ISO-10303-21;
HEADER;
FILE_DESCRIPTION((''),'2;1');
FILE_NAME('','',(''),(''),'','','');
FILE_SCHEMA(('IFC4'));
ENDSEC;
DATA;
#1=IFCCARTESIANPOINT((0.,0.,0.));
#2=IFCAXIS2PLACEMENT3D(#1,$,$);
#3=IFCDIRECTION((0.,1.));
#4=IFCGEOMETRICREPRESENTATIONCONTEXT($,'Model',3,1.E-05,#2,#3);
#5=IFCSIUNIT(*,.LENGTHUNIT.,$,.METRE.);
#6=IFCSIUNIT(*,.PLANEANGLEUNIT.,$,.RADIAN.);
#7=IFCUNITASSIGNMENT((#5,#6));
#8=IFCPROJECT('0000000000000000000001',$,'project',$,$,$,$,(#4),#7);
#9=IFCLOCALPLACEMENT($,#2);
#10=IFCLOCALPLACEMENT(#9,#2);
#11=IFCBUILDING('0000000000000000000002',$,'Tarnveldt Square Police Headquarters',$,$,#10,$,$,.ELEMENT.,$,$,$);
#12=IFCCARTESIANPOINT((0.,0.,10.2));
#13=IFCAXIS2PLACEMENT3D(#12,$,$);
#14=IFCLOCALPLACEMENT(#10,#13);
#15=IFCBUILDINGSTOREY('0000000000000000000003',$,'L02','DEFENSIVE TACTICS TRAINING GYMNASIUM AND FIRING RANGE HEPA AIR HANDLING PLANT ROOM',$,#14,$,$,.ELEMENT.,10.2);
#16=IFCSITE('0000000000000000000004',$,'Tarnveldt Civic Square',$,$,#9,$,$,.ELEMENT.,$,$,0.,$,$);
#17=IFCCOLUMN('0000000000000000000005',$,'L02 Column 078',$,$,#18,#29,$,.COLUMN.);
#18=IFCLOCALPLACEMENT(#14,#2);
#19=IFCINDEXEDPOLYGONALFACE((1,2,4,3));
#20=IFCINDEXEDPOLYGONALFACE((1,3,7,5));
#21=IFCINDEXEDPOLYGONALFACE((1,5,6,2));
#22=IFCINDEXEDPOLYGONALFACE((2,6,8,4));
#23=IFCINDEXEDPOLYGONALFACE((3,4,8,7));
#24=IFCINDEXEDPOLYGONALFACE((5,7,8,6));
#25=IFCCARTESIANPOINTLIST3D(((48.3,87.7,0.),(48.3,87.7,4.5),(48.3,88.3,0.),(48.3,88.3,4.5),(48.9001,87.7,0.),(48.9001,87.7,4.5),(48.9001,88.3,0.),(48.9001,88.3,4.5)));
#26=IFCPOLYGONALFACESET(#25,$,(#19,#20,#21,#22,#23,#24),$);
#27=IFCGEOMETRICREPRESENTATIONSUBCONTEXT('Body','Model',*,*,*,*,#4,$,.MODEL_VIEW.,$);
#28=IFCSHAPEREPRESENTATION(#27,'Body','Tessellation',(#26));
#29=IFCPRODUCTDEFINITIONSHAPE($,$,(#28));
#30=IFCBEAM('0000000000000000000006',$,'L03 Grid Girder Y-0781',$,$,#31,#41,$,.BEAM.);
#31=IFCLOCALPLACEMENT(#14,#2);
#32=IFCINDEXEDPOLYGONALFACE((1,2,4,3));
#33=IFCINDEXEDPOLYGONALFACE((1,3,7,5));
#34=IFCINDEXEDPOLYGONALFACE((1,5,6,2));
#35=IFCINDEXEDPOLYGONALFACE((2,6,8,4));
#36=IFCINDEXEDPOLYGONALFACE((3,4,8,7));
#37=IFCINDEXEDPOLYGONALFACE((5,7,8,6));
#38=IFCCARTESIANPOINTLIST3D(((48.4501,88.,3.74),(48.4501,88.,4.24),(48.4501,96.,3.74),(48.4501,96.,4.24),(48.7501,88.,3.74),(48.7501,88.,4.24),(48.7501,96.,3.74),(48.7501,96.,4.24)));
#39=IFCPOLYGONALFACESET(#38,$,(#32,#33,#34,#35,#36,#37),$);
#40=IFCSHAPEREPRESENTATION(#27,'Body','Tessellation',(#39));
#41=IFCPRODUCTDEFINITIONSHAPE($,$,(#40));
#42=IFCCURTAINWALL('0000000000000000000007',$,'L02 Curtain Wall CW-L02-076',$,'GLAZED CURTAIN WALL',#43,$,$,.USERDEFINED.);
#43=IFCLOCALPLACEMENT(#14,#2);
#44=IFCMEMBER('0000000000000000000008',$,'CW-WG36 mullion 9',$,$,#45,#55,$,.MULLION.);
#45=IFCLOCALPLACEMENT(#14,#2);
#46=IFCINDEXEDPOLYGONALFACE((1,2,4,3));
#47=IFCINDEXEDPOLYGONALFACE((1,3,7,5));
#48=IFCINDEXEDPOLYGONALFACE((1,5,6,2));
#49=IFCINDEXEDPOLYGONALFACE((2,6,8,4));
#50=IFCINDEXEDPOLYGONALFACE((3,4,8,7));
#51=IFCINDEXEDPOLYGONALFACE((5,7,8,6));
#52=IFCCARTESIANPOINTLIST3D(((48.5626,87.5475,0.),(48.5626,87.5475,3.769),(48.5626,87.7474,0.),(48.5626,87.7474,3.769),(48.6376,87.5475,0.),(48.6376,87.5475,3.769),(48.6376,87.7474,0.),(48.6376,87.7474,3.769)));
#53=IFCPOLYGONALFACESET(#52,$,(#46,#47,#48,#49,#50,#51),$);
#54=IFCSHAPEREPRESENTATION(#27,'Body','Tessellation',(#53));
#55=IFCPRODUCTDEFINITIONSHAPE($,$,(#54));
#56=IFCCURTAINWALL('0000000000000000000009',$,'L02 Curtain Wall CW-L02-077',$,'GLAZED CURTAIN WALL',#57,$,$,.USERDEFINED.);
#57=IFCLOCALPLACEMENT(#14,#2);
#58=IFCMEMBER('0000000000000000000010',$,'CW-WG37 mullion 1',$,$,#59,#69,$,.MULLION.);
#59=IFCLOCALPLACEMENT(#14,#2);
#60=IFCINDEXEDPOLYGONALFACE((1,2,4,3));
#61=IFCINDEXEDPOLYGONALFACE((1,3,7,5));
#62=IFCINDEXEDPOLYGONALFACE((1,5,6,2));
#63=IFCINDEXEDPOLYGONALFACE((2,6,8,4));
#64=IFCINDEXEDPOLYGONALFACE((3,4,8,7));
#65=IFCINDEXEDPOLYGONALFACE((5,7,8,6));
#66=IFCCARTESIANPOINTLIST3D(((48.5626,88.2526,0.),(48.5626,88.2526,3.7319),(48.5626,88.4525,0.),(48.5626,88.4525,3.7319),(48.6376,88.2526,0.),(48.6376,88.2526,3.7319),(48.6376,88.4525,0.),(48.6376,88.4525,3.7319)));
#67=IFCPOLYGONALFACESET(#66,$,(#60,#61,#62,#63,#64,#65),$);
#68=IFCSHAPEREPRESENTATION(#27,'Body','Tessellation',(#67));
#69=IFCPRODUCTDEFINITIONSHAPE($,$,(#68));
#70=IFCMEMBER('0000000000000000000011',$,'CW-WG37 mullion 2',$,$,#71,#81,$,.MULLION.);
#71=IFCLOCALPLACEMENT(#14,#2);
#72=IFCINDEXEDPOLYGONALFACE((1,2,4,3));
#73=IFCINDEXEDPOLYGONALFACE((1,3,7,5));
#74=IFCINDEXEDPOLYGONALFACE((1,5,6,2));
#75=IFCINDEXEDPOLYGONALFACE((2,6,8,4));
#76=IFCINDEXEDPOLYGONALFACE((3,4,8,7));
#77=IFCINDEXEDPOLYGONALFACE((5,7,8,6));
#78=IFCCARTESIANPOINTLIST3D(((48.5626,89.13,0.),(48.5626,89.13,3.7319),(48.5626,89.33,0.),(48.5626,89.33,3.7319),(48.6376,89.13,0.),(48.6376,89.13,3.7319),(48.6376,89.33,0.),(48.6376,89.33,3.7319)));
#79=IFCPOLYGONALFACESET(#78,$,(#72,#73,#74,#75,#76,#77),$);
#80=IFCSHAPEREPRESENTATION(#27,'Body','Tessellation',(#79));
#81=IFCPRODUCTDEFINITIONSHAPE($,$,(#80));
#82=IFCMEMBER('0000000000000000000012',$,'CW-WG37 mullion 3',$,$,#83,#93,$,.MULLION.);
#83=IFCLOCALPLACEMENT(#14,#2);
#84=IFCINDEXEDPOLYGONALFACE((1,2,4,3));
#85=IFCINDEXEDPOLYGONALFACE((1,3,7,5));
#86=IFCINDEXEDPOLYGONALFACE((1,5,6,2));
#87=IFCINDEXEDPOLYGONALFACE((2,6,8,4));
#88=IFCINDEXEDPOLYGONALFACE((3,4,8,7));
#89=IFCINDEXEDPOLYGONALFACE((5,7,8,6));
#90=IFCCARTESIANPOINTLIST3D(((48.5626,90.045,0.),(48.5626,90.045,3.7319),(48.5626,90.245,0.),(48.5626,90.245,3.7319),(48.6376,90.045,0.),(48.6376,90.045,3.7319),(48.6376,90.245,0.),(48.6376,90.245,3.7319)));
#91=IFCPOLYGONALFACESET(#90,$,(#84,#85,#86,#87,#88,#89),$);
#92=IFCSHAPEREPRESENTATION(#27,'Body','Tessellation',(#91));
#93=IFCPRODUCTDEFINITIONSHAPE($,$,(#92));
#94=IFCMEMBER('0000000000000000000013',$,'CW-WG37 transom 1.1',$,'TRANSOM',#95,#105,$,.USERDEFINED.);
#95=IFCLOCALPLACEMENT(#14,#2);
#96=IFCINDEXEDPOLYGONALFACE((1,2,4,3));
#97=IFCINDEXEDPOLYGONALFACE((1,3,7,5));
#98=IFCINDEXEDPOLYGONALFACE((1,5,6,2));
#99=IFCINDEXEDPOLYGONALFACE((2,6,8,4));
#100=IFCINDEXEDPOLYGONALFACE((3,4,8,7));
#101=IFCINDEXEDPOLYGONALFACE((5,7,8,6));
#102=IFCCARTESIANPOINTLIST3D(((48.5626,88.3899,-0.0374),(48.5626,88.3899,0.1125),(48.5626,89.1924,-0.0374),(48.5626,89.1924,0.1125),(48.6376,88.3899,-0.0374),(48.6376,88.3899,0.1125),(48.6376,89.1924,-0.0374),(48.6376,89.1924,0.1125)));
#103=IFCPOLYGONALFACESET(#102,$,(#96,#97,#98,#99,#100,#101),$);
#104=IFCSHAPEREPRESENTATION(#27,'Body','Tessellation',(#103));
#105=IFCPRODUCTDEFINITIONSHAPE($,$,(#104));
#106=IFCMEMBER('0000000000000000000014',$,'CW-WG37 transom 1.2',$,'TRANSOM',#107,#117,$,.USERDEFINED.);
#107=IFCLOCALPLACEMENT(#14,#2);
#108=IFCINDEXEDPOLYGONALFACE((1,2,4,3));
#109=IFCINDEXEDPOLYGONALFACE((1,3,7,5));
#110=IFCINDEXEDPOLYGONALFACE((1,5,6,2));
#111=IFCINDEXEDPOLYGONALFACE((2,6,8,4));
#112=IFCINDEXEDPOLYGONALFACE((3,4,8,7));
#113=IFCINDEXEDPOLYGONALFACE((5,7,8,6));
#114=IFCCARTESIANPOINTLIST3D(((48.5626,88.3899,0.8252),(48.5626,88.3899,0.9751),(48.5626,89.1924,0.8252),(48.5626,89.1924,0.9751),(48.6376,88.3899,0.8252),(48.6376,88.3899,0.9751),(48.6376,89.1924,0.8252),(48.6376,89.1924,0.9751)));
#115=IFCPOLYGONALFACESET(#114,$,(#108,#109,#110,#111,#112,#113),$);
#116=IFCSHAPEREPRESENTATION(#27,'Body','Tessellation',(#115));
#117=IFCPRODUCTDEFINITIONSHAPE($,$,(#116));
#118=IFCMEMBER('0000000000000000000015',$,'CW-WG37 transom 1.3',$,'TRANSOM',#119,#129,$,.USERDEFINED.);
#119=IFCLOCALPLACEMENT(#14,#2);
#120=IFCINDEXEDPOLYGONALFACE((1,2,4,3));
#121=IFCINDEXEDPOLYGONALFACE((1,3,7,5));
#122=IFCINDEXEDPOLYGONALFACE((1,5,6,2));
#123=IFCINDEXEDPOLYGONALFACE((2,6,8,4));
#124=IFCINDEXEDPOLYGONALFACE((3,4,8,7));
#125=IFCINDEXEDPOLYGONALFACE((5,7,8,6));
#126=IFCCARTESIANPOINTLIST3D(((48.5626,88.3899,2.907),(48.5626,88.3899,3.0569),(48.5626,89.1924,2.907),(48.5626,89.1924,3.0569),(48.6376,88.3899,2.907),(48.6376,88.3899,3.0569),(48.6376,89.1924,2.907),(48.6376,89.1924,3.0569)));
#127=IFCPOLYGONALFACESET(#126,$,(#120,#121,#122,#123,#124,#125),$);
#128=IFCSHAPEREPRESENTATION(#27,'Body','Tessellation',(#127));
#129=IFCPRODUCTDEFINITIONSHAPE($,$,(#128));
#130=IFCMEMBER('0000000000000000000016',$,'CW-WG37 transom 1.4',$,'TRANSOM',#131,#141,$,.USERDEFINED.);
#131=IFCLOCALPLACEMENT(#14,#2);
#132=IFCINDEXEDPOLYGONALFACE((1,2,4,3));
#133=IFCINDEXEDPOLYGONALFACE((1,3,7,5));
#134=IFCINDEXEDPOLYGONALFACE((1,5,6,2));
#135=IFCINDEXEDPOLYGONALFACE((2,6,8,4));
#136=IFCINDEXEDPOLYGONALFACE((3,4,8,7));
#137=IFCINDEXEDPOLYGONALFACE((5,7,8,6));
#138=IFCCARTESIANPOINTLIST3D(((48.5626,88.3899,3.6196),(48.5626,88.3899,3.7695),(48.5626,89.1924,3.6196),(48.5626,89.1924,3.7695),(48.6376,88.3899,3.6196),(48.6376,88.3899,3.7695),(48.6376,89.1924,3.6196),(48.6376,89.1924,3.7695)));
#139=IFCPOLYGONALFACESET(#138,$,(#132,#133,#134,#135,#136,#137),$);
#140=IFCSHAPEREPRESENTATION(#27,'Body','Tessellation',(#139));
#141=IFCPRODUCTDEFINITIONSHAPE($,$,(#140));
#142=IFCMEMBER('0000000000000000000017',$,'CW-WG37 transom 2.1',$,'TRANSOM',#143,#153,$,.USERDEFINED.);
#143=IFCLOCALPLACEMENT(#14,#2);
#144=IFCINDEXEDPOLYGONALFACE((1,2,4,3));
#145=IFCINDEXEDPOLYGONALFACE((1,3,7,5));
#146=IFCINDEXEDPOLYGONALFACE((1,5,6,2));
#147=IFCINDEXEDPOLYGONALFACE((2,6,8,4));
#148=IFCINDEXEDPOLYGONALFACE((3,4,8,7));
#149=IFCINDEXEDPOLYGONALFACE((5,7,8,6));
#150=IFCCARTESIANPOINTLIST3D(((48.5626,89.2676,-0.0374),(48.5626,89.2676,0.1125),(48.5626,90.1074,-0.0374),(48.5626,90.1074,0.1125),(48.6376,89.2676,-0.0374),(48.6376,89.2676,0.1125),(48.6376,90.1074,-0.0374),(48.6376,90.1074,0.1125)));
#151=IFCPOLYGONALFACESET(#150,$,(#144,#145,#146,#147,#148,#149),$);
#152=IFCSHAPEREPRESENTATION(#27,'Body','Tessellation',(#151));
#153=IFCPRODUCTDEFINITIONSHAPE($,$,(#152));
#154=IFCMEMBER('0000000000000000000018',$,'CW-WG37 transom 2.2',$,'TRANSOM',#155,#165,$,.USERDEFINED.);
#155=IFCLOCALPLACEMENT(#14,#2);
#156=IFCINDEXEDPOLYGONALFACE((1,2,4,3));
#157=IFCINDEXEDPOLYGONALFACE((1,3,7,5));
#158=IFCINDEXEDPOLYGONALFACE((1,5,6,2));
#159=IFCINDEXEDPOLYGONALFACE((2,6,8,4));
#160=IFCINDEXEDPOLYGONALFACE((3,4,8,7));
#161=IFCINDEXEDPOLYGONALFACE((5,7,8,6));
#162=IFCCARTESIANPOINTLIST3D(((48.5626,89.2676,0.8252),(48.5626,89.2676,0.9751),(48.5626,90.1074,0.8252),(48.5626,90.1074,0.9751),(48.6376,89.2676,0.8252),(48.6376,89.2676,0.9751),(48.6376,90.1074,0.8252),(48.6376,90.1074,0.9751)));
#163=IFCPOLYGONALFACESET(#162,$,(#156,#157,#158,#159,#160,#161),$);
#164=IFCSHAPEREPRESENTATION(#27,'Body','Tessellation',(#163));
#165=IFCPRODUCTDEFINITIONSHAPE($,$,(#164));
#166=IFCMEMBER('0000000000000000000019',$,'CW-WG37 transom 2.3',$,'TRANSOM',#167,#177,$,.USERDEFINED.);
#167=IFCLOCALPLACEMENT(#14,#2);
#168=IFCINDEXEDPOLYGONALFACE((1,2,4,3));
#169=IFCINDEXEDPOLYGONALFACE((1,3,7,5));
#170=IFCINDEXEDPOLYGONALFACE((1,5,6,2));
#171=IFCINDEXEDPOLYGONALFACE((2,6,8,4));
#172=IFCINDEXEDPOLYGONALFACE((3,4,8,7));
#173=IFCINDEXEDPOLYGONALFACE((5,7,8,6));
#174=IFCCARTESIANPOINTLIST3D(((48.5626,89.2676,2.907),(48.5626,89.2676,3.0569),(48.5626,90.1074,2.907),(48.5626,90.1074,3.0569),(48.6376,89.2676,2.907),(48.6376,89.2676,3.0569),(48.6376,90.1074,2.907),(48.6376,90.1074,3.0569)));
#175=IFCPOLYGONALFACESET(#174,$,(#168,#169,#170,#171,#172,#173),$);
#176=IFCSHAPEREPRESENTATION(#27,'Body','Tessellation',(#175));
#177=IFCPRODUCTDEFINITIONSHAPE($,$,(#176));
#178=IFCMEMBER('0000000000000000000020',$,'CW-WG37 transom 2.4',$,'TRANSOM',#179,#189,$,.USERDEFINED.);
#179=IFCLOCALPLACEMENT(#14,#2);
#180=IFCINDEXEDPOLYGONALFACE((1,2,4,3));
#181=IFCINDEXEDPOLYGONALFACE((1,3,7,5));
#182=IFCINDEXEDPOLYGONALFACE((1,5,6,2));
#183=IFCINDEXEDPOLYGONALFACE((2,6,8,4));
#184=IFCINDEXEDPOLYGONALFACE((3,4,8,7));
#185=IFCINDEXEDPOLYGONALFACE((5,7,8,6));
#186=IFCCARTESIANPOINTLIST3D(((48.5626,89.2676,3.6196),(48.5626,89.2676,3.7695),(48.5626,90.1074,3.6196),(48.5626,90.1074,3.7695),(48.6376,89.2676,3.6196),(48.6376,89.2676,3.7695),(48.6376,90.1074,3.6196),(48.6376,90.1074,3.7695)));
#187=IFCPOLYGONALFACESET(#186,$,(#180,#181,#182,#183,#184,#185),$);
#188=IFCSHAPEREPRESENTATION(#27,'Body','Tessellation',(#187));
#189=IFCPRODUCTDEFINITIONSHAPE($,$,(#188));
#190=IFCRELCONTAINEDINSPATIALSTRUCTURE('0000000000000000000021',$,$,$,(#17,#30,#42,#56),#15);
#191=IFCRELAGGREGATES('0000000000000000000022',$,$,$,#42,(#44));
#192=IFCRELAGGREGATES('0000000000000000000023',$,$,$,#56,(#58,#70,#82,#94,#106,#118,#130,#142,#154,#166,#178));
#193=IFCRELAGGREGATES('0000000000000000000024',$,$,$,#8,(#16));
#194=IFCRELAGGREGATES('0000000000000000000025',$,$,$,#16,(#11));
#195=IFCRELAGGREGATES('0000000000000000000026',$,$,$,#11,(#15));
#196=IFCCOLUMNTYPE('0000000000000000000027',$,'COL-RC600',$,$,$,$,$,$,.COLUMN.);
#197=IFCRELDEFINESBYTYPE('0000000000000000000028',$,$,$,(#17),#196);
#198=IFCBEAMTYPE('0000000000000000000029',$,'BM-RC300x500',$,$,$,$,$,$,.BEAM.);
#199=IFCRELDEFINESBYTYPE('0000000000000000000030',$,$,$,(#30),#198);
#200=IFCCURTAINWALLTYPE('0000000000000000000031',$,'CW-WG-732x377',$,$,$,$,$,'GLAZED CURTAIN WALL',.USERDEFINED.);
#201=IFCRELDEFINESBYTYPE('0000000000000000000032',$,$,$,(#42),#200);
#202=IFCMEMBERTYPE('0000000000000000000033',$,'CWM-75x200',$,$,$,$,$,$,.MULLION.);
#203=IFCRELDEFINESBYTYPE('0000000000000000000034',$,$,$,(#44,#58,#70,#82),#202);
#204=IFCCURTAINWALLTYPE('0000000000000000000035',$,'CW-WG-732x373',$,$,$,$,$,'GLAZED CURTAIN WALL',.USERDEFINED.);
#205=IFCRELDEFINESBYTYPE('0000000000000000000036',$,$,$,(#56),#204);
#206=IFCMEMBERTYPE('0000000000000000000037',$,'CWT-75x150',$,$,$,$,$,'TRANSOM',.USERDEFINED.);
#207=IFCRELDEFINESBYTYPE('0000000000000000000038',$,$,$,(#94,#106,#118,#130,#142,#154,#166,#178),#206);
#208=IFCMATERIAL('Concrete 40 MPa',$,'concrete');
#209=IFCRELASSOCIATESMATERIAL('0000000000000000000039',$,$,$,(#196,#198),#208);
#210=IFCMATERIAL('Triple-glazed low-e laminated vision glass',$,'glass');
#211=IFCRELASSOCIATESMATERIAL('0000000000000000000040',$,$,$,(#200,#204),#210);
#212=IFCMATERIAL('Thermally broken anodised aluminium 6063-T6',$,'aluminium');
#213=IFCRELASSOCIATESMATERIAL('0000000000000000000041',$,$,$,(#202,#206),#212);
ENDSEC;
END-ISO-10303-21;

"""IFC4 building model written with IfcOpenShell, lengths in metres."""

from ifc_helpers import new_model, si_unit, direction, frame, origin, origin_2d, place, context, subcontext, project, spatial, rectangle, extrude, material, material_profile, profile_set, type_object, element, aggregate, save


model = new_model("IFC4")

# Units and contexts
model_context = context("Model", 3, precision=1e-05, world=origin(), true_north=direction((0.0, 1.0)))
body_context = subcontext(model_context, "Body", "Model", "MODEL_VIEW")
ifc_project = project(units=[si_unit("LENGTHUNIT", "METRE"), si_unit("PLANEANGLEUNIT", "RADIAN")], contexts=[model_context])

# Site, building, storey
site_placement = place(None, origin())
site = spatial("IfcSite", under=ifc_project, at=site_placement, Name="Tarnveldt Civic Square", CompositionType="ELEMENT", RefElevation=0.0)
building_placement = place(site_placement, origin())
building = spatial("IfcBuilding", under=site, at=building_placement, Name="Tarnveldt Square Police Headquarters", CompositionType="ELEMENT")
storey_placement = place(building_placement, frame((0.0, 0.0, 10.2)))
storey = spatial("IfcBuildingStorey", under=building, at=storey_placement, Name="L02", Description="DEFENSIVE TACTICS TRAINING GYMNASIUM AND FIRING RANGE HEPA AIR HANDLING PLANT ROOM", CompositionType="ELEMENT", Elevation=10.2)

# Column
ifc_material_1 = material(Name="Concrete 40 MPa", Category="concrete")
ifc_material_profile_1 = material_profile(ifc_material_1, rectangle(XDim=0.6001, YDim=0.6001, at=origin_2d()), Name="RC-C600x600")
ifc_profile_set_1 = profile_set([ifc_material_profile_1], Name="Concrete 40 MPa")
column_type = type_object("IfcColumnType", Name="COL-RC600", PredefinedType="COLUMN", material=ifc_profile_set_1)
column_placement = place(storey_placement, frame((48.6001, 88.0, 0.0), z_axis=(0.0, 0.0, 1.0), x_axis=(1.0, 0.0, 0.0)))
element("IfcColumn", 1, at=column_placement, inside=storey, type_object=column_type, Name="L02 Column 078", PredefinedType="COLUMN", context=body_context, shape_type="SweptSolid", body=[
    extrude(rectangle(XDim=0.6001, YDim=0.6001, at=origin_2d()), origin(), (0.0, 0.0, 1.0), 4.5),
])

# Beam
ifc_material_profile_2 = material_profile(ifc_material_1, rectangle(XDim=0.3, YDim=0.5, at=origin_2d()), Name="RC-B300x500")
ifc_profile_set_2 = profile_set([ifc_material_profile_2], Name="Concrete 40 MPa")
beam_type = type_object("IfcBeamType", Name="BM-RC300x500", PredefinedType="BEAM", material=ifc_profile_set_2)
beam_placement = place(storey_placement, frame((48.6001, 88.0, 3.99), z_axis=(0.0, 1.0, 0.0), x_axis=(-1.0, 0.0, 0.0)))
element("IfcBeam", 2, at=beam_placement, inside=storey, type_object=beam_type, Name="L03 Grid Girder Y-0781", PredefinedType="BEAM", context=body_context, shape_type="SweptSolid", body=[
    extrude(rectangle(XDim=0.3, YDim=0.5, at=origin_2d()), origin(), (0.0, 0.0, 1.0), 8.0),
])

# Curtain wall, member
ifc_material_2 = material(Name="Triple-glazed low-e laminated vision glass", Category="glass")
curtain_wall_type_1 = type_object("IfcCurtainWallType", Name="CW-WG-732x377", ElementType="GLAZED CURTAIN WALL", PredefinedType="USERDEFINED", material=ifc_material_2)
curtain_wall_1_placement = place(storey_placement, origin())
curtain_wall_1 = element("IfcCurtainWall", 3, at=curtain_wall_1_placement, inside=storey, type_object=curtain_wall_type_1, Name="L02 Curtain Wall CW-L02-076", ObjectType="GLAZED CURTAIN WALL", PredefinedType="USERDEFINED")
ifc_material_3 = material(Name="Thermally broken anodised aluminium 6063-T6", Category="aluminium")
ifc_material_profile_3 = material_profile(ifc_material_3, rectangle(XDim=0.075, YDim=0.2, at=origin_2d()), Name="CW-M75x200")
ifc_profile_set_3 = profile_set([ifc_material_profile_3], Name="Thermally broken anodised aluminium 6063-T6")
member_type_1 = type_object("IfcMemberType", Name="CWM-75x200", PredefinedType="MULLION", material=ifc_profile_set_3)
member_1_placement = place(storey_placement, frame((48.6001, 87.6475, 0.0), z_axis=(0.0, 0.0, 1.0), x_axis=(-1.0, 0.0, 0.0)))
member_1 = element("IfcMember", 4, at=member_1_placement, type_object=member_type_1, Name="CW-WG36 mullion 9", PredefinedType="MULLION", context=body_context, shape_type="SweptSolid", body=[
    extrude(rectangle(XDim=0.075, YDim=0.2, at=origin_2d()), origin(), (0.0, 0.0, 1.0), 3.769),
])

# Curtain wall, members
curtain_wall_type_2 = type_object("IfcCurtainWallType", Name="CW-WG-732x373", ElementType="GLAZED CURTAIN WALL", PredefinedType="USERDEFINED", material=ifc_material_2)
curtain_wall_2_placement = place(storey_placement, origin())
curtain_wall_2 = element("IfcCurtainWall", 5, at=curtain_wall_2_placement, inside=storey, type_object=curtain_wall_type_2, Name="L02 Curtain Wall CW-L02-077", ObjectType="GLAZED CURTAIN WALL", PredefinedType="USERDEFINED")
member_2_placement = place(storey_placement, frame((48.6001, 88.3525, 0.0), z_axis=(0.0, 0.0, 1.0), x_axis=(-1.0, 0.0, 0.0)))
member_2 = element("IfcMember", 6, at=member_2_placement, type_object=member_type_1, Name="CW-WG37 mullion 1", PredefinedType="MULLION", context=body_context, shape_type="SweptSolid", body=[
    extrude(rectangle(XDim=0.075, YDim=0.2, at=origin_2d()), origin(), (0.0, 0.0, 1.0), 3.7319),
])
member_3_placement = place(storey_placement, frame((48.6001, 89.23, 0.0), z_axis=(0.0, 0.0, 1.0), x_axis=(-1.0, 0.0, 0.0)))
member_3 = element("IfcMember", 7, at=member_3_placement, type_object=member_type_1, Name="CW-WG37 mullion 2", PredefinedType="MULLION", context=body_context, shape_type="SweptSolid", body=[
    extrude(rectangle(XDim=0.075, YDim=0.2, at=origin_2d()), origin(), (0.0, 0.0, 1.0), 3.7319),
])
member_4_placement = place(storey_placement, frame((48.6001, 90.145, 0.0), z_axis=(0.0, 0.0, 1.0), x_axis=(-1.0, 0.0, 0.0)))
member_4 = element("IfcMember", 8, at=member_4_placement, type_object=member_type_1, Name="CW-WG37 mullion 3", PredefinedType="MULLION", context=body_context, shape_type="SweptSolid", body=[
    extrude(rectangle(XDim=0.075, YDim=0.2, at=origin_2d()), origin(), (0.0, 0.0, 1.0), 3.7319),
])
ifc_material_profile_4 = material_profile(ifc_material_3, rectangle(XDim=0.075, YDim=0.1499, at=origin_2d()), Name="CW-T75x150")
ifc_profile_set_4 = profile_set([ifc_material_profile_4], Name="Thermally broken anodised aluminium 6063-T6")
member_type_2 = type_object("IfcMemberType", Name="CWT-75x150", ElementType="TRANSOM", PredefinedType="USERDEFINED", material=ifc_profile_set_4)
member_5_placement = place(storey_placement, frame((48.6001, 88.3899, 0.0376), z_axis=(0.0, 1.0, 0.0), x_axis=(-1.0, 0.0, 0.0)))
member_5 = element("IfcMember", 9, at=member_5_placement, type_object=member_type_2, Name="CW-WG37 transom 1.1", ObjectType="TRANSOM", PredefinedType="USERDEFINED", context=body_context, shape_type="SweptSolid", body=[
    extrude(rectangle(XDim=0.075, YDim=0.1499, at=origin_2d()), origin(), (0.0, 0.0, 1.0), 0.8025),
])
member_6_placement = place(storey_placement, frame((48.6001, 88.3899, 0.9001), z_axis=(0.0, 1.0, 0.0), x_axis=(-1.0, 0.0, 0.0)))
member_6 = element("IfcMember", 10, at=member_6_placement, type_object=member_type_2, Name="CW-WG37 transom 1.2", ObjectType="TRANSOM", PredefinedType="USERDEFINED", context=body_context, shape_type="SweptSolid", body=[
    extrude(rectangle(XDim=0.075, YDim=0.1499, at=origin_2d()), origin(), (0.0, 0.0, 1.0), 0.8025),
])
member_7_placement = place(storey_placement, frame((48.6001, 88.3899, 2.9819), z_axis=(0.0, 1.0, 0.0), x_axis=(-1.0, 0.0, 0.0)))
member_7 = element("IfcMember", 11, at=member_7_placement, type_object=member_type_2, Name="CW-WG37 transom 1.3", ObjectType="TRANSOM", PredefinedType="USERDEFINED", context=body_context, shape_type="SweptSolid", body=[
    extrude(rectangle(XDim=0.075, YDim=0.1499, at=origin_2d()), origin(), (0.0, 0.0, 1.0), 0.8025),
])
member_8_placement = place(storey_placement, frame((48.6001, 88.3899, 3.6946), z_axis=(0.0, 1.0, 0.0), x_axis=(-1.0, 0.0, 0.0)))
member_8 = element("IfcMember", 12, at=member_8_placement, type_object=member_type_2, Name="CW-WG37 transom 1.4", ObjectType="TRANSOM", PredefinedType="USERDEFINED", context=body_context, shape_type="SweptSolid", body=[
    extrude(rectangle(XDim=0.075, YDim=0.1499, at=origin_2d()), origin(), (0.0, 0.0, 1.0), 0.8025),
])
member_9_placement = place(storey_placement, frame((48.6001, 89.2676, 0.0376), z_axis=(0.0, 1.0, 0.0), x_axis=(-1.0, 0.0, 0.0)))
member_9 = element("IfcMember", 13, at=member_9_placement, type_object=member_type_2, Name="CW-WG37 transom 2.1", ObjectType="TRANSOM", PredefinedType="USERDEFINED", context=body_context, shape_type="SweptSolid", body=[
    extrude(rectangle(XDim=0.075, YDim=0.1499, at=origin_2d()), origin(), (0.0, 0.0, 1.0), 0.8398),
])
member_10_placement = place(storey_placement, frame((48.6001, 89.2676, 0.9001), z_axis=(0.0, 1.0, 0.0), x_axis=(-1.0, 0.0, 0.0)))
member_10 = element("IfcMember", 14, at=member_10_placement, type_object=member_type_2, Name="CW-WG37 transom 2.2", ObjectType="TRANSOM", PredefinedType="USERDEFINED", context=body_context, shape_type="SweptSolid", body=[
    extrude(rectangle(XDim=0.075, YDim=0.1499, at=origin_2d()), origin(), (0.0, 0.0, 1.0), 0.8398),
])
member_11_placement = place(storey_placement, frame((48.6001, 89.2676, 2.9819), z_axis=(0.0, 1.0, 0.0), x_axis=(-1.0, 0.0, 0.0)))
member_11 = element("IfcMember", 15, at=member_11_placement, type_object=member_type_2, Name="CW-WG37 transom 2.3", ObjectType="TRANSOM", PredefinedType="USERDEFINED", context=body_context, shape_type="SweptSolid", body=[
    extrude(rectangle(XDim=0.075, YDim=0.1499, at=origin_2d()), origin(), (0.0, 0.0, 1.0), 0.8398),
])
member_12_placement = place(storey_placement, frame((48.6001, 89.2676, 3.6946), z_axis=(0.0, 1.0, 0.0), x_axis=(-1.0, 0.0, 0.0)))
member_12 = element("IfcMember", 16, at=member_12_placement, type_object=member_type_2, Name="CW-WG37 transom 2.4", ObjectType="TRANSOM", PredefinedType="USERDEFINED", context=body_context, shape_type="SweptSolid", body=[
    extrude(rectangle(XDim=0.075, YDim=0.1499, at=origin_2d()), origin(), (0.0, 0.0, 1.0), 0.8398),
])

aggregate(curtain_wall_1, [member_1])
aggregate(curtain_wall_2, [member_2, member_3, member_4, member_5, member_6, member_7, member_8, member_9, member_10, member_11, member_12])

save(model, "model.ifc")
